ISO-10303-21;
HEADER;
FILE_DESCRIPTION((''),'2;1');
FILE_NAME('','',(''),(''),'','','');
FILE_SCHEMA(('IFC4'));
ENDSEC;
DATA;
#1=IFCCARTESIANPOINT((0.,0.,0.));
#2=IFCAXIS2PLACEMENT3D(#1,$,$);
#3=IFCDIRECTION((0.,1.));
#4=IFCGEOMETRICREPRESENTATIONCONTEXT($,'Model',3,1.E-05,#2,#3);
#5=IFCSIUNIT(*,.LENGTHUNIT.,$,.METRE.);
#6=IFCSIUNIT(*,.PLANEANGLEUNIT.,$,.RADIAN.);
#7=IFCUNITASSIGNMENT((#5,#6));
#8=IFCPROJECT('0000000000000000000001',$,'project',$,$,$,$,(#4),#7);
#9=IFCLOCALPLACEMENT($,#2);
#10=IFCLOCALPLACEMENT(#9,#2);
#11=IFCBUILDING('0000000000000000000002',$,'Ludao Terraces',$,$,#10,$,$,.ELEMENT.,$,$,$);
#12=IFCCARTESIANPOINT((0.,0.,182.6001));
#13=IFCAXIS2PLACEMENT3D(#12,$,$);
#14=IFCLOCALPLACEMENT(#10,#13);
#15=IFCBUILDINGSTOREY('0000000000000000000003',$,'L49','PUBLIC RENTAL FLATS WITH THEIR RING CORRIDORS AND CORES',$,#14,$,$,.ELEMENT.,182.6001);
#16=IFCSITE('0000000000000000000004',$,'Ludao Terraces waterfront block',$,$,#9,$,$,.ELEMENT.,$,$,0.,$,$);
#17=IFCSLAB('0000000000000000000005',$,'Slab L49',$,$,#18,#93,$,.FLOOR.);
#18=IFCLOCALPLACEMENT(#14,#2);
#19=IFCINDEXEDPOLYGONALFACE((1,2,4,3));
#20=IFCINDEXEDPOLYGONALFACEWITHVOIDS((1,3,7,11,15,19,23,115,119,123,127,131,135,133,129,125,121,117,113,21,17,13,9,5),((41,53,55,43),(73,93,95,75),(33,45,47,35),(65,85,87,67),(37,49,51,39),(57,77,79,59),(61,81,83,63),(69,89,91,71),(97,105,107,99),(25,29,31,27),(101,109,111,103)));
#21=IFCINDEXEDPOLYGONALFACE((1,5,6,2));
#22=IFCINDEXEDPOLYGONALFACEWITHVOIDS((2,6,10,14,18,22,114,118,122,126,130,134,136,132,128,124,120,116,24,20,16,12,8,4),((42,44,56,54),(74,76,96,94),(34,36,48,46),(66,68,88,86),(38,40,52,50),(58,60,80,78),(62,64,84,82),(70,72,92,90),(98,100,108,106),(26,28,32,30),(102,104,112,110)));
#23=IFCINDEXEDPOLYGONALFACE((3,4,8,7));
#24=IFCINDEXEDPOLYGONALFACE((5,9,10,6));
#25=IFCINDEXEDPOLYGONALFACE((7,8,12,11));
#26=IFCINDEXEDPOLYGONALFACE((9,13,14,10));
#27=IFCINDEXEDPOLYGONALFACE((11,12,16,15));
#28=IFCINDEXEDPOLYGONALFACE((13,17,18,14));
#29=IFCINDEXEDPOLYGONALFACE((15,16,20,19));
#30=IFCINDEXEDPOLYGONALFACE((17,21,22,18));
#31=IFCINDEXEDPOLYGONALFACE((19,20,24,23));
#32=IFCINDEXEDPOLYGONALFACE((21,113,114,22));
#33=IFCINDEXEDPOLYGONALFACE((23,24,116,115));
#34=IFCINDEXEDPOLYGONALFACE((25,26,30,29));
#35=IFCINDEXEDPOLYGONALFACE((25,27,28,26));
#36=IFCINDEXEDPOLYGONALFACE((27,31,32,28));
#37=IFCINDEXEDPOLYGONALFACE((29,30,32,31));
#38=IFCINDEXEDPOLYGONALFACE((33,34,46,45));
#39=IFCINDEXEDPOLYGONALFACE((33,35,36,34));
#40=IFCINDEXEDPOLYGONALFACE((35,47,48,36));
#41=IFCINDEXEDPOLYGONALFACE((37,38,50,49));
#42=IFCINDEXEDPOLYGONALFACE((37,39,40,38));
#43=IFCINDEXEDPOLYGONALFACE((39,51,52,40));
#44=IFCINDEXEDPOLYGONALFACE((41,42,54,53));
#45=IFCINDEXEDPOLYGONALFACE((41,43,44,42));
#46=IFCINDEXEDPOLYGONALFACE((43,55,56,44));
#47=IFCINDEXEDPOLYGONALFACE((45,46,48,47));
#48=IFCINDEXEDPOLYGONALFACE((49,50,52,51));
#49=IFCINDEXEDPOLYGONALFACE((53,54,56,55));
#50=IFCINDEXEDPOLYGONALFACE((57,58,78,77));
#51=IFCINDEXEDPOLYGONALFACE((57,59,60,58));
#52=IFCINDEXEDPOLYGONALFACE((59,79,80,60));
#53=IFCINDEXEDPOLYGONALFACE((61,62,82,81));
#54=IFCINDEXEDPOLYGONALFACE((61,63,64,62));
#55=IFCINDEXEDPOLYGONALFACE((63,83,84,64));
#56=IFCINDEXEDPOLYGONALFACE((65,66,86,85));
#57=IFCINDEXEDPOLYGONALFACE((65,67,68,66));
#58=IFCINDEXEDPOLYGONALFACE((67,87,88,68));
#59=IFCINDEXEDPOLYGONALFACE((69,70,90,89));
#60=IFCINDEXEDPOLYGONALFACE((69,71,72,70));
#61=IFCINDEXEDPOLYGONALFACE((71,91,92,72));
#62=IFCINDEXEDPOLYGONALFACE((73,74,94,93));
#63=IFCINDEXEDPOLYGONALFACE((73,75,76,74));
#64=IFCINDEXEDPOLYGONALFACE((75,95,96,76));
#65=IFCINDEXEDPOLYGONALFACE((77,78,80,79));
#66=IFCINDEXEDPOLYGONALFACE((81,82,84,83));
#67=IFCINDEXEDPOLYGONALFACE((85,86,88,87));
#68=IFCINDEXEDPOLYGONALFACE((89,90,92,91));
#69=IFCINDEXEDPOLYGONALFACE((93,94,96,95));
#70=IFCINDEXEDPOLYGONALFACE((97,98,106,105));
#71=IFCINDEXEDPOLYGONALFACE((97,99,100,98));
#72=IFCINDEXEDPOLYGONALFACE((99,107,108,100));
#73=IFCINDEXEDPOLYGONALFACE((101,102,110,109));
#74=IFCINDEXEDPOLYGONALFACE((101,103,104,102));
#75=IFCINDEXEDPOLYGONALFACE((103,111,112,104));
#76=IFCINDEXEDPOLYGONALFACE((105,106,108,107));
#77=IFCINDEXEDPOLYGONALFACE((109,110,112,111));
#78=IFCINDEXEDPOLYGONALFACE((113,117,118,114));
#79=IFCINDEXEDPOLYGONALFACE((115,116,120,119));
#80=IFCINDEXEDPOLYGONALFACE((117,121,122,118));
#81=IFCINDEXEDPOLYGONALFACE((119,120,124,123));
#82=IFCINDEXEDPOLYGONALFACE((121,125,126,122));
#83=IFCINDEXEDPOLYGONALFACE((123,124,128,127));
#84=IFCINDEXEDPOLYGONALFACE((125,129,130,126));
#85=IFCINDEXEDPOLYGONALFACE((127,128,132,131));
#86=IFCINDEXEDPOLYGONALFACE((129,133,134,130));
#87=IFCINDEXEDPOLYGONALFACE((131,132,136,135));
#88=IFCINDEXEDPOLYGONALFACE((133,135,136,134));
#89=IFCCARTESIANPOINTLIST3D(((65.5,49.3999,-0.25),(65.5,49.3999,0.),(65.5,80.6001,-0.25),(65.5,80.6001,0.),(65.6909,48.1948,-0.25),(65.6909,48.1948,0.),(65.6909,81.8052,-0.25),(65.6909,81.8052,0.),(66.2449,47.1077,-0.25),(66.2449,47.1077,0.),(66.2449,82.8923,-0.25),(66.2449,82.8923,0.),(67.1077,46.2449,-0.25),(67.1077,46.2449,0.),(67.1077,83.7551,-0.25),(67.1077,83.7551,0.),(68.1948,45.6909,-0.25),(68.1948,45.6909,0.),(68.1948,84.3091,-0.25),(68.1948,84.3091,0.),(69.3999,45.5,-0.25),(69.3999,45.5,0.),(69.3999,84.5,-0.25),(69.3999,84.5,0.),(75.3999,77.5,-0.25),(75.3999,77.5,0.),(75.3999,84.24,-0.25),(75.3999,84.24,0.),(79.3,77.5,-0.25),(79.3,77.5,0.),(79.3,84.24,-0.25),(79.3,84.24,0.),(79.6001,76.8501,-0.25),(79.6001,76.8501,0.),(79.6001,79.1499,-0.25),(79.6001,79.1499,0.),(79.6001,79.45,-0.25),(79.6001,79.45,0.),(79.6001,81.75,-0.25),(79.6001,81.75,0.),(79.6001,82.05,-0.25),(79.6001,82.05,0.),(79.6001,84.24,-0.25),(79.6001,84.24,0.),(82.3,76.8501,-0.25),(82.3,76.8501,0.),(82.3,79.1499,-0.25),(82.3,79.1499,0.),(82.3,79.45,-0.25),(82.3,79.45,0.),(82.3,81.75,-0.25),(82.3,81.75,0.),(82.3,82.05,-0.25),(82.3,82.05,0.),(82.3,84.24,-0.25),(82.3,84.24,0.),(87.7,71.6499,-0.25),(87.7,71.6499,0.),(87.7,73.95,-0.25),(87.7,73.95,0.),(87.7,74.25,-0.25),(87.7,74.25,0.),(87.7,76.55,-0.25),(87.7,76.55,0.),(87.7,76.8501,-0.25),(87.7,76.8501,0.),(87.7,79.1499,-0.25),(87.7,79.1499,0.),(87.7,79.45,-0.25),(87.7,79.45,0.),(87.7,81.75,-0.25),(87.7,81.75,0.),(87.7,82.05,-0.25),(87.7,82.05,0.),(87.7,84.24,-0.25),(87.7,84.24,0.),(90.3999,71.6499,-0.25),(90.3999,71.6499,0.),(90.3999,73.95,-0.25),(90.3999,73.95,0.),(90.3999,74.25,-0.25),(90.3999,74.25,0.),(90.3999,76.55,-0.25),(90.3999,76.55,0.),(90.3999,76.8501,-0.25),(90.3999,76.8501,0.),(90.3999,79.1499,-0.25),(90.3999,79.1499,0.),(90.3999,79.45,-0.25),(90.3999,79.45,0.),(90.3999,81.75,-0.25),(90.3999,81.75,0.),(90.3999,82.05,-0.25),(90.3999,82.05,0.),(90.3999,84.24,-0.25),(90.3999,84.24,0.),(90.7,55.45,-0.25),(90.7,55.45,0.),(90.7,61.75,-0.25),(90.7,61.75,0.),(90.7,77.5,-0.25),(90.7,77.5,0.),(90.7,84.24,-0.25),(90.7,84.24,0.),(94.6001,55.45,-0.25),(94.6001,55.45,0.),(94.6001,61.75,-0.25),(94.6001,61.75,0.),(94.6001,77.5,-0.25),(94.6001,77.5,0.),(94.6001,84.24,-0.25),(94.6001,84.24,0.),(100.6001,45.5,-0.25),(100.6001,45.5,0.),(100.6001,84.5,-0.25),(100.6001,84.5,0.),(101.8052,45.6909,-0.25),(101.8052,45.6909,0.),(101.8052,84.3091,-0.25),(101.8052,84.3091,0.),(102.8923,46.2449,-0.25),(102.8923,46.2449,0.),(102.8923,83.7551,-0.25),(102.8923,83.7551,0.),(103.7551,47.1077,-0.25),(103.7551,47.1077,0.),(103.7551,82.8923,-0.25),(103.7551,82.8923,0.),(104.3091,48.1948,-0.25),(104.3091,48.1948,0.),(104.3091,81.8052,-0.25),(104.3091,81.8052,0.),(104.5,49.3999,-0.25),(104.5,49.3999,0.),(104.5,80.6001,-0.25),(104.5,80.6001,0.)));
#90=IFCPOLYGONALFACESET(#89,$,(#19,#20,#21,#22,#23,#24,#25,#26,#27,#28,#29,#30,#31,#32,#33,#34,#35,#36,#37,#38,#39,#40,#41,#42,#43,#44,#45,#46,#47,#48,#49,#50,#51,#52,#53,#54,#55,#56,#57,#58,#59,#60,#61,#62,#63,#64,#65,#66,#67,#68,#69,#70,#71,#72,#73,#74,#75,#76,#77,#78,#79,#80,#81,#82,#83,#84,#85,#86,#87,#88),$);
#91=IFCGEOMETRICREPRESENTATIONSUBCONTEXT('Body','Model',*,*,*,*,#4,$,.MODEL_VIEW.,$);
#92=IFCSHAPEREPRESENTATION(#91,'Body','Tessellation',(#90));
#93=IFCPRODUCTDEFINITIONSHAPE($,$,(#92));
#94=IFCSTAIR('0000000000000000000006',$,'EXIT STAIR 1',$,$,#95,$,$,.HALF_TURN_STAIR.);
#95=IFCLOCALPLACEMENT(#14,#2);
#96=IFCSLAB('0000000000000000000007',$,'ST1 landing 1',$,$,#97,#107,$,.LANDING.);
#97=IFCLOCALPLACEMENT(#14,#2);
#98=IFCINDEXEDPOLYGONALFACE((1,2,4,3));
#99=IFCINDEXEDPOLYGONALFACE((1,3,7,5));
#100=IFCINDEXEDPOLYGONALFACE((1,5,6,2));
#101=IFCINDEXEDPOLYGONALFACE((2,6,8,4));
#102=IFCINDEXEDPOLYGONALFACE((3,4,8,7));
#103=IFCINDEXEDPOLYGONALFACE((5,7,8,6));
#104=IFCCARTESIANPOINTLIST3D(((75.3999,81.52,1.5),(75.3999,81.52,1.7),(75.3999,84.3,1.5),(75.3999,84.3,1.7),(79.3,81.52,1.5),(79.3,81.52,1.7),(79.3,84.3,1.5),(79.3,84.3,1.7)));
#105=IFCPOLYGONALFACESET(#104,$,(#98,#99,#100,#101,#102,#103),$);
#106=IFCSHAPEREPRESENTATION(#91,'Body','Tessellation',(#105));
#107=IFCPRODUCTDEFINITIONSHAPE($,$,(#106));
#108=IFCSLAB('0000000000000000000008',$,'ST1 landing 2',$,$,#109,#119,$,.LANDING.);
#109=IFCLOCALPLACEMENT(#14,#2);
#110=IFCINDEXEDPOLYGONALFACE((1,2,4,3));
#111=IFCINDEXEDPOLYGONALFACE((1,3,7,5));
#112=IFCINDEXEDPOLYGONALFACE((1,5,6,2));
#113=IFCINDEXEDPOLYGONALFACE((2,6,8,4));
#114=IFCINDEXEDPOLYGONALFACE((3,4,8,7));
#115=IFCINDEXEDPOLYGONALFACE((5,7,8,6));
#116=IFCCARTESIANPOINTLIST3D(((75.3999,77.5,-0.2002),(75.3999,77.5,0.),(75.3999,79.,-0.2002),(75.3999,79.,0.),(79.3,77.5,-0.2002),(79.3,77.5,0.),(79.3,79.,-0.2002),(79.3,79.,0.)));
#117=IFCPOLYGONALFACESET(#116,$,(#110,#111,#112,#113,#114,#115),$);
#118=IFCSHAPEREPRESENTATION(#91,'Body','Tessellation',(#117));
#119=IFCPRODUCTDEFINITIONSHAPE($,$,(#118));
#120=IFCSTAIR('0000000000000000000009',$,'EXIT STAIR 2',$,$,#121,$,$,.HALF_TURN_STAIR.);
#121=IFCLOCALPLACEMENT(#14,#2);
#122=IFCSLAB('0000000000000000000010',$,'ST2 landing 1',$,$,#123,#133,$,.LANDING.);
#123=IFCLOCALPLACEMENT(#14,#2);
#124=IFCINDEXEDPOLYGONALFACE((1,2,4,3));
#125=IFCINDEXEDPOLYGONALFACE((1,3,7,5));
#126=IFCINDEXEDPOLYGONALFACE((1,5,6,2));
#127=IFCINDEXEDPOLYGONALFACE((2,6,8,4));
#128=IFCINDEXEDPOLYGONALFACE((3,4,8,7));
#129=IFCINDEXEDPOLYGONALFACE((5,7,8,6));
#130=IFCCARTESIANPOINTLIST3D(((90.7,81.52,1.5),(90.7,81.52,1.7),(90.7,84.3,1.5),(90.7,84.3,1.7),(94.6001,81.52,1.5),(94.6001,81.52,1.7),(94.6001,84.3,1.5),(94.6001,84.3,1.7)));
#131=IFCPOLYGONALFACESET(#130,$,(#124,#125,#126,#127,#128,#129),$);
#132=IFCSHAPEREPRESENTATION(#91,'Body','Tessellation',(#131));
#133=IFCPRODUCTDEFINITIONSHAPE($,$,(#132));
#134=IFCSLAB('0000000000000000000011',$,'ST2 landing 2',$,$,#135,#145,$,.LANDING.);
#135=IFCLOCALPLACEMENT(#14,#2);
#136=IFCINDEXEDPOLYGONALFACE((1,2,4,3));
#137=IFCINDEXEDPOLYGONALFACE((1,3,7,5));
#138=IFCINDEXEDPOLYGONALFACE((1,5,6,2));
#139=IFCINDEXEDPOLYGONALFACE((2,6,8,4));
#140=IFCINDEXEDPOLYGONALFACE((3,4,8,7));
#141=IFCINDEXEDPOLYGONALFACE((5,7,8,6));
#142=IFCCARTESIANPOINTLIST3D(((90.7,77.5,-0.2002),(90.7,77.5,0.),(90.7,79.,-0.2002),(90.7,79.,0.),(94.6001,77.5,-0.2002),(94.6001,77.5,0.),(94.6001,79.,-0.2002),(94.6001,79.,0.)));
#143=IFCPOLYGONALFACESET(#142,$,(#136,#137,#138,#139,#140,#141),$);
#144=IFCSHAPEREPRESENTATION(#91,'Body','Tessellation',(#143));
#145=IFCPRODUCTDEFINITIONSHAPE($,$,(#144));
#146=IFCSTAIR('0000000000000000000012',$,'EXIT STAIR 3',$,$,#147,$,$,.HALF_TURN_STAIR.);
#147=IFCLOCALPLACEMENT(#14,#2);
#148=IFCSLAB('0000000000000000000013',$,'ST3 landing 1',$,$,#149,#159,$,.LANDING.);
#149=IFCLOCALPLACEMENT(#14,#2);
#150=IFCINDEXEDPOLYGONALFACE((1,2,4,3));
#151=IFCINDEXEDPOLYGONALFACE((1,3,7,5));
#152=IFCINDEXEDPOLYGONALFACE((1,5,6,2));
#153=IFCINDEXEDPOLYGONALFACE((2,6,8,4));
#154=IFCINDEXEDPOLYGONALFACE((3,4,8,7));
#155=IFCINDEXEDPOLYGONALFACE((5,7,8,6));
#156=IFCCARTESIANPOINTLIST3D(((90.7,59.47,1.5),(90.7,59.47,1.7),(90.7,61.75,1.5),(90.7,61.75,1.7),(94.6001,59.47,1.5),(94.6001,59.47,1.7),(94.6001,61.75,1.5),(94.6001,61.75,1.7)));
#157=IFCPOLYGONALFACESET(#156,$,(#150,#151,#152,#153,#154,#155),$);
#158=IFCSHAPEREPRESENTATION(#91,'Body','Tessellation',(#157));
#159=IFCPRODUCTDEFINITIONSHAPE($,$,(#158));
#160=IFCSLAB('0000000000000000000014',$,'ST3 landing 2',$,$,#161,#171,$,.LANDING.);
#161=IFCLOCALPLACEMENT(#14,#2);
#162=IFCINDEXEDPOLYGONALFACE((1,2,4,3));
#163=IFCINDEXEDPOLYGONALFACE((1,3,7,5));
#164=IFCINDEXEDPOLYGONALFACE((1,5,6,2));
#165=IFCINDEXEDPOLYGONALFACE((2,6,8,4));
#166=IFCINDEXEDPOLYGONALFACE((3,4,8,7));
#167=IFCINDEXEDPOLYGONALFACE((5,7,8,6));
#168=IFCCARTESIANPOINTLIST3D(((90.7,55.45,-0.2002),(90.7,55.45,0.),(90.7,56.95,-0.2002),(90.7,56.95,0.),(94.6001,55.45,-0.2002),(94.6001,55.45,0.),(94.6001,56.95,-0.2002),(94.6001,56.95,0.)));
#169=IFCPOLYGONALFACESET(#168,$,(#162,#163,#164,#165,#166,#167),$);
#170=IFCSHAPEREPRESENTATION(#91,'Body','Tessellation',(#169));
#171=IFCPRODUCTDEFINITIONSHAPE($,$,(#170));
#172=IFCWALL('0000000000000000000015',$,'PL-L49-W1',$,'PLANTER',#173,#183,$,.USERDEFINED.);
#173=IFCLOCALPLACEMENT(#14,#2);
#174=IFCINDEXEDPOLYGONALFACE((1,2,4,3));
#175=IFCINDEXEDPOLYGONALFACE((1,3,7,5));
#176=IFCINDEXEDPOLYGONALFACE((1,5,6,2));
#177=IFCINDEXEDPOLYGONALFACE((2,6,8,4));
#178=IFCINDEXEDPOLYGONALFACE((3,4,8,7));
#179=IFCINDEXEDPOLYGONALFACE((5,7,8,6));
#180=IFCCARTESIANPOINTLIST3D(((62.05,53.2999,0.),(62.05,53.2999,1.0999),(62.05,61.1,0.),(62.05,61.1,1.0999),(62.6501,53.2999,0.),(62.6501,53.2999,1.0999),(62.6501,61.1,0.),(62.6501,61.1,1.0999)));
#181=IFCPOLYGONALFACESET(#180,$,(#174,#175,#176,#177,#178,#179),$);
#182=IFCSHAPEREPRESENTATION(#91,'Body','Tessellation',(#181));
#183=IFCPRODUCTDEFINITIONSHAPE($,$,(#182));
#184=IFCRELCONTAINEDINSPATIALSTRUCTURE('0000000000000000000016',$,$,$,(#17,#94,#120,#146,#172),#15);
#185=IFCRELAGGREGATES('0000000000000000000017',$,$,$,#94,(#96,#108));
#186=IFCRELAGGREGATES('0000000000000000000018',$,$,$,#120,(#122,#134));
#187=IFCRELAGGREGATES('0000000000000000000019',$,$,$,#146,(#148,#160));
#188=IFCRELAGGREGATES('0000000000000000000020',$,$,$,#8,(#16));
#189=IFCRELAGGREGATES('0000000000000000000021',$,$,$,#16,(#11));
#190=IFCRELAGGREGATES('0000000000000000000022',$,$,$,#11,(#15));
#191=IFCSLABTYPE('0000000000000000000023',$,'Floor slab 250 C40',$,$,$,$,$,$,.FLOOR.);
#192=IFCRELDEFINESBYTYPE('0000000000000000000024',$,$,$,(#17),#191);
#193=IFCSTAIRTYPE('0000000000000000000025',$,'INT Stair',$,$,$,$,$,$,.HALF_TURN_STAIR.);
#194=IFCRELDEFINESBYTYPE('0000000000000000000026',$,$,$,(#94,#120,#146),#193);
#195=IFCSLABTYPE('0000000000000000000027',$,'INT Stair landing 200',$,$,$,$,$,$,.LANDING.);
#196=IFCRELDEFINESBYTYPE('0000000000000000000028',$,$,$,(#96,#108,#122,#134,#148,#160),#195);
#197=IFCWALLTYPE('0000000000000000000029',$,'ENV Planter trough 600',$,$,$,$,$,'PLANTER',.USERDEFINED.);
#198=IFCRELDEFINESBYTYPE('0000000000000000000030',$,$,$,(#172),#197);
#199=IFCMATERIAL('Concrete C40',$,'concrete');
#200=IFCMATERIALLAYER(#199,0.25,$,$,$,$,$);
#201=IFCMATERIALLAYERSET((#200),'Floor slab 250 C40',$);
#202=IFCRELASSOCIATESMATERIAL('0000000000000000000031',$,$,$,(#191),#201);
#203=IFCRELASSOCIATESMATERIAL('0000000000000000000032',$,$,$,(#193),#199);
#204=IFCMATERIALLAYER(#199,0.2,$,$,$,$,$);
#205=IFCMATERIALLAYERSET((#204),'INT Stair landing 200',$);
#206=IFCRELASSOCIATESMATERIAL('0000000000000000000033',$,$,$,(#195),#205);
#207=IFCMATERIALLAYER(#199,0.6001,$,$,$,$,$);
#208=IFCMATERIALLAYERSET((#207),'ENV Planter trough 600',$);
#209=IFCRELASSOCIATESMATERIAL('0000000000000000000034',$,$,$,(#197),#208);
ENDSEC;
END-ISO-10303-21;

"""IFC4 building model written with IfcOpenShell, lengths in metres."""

from ifc_helpers import new_model, si_unit, direction, frame, frame_2d, origin, place, context, subcontext, project, spatial, polyline, rectangle, outline, extrude, material, layer, layer_set, type_object, element, aggregate, save


model = new_model("IFC4")

# Units and contexts
model_context = context("Model", 3, precision=1e-05, world=origin(), true_north=direction((0.0, 1.0)))
body_context = subcontext(model_context, "Body", "Model", "MODEL_VIEW")
ifc_project = project(units=[si_unit("LENGTHUNIT", "METRE"), si_unit("PLANEANGLEUNIT", "RADIAN")], contexts=[model_context])

# Site, building, storey
site_placement = place(None, origin())
site = spatial("IfcSite", under=ifc_project, at=site_placement, Name="Ludao Terraces waterfront block", CompositionType="ELEMENT", RefElevation=0.0)
building_placement = place(site_placement, origin())
building = spatial("IfcBuilding", under=site, at=building_placement, Name="Ludao Terraces", CompositionType="ELEMENT")
storey_placement = place(building_placement, frame((0.0, 0.0, 182.6001)))
storey = spatial("IfcBuildingStorey", under=building, at=storey_placement, Name="L49", Description="PUBLIC RENTAL FLATS WITH THEIR RING CORRIDORS AND CORES", CompositionType="ELEMENT", Elevation=182.6001)

# Shared definitions
ifc_material_1 = material(Name="Concrete C40", Category="concrete")

# Slab
ifc_layer_1 = layer(ifc_material_1, 0.25)
ifc_layer_set_1 = layer_set([ifc_layer_1], Name="Floor slab 250 C40")
slab_type_1 = type_object("IfcSlabType", Name="Floor slab 250 C40", PredefinedType="FLOOR", material=ifc_layer_set_1)
slab_1_placement = place(storey_placement, frame((0.0, 0.0, -0.25)))
element("IfcSlab", 1, at=slab_1_placement, inside=storey, type_object=slab_type_1, Name="Slab L49", PredefinedType="FLOOR", context=body_context, shape_type="SweptSolid", body=[
    extrude(outline(polyline([(100.6001, 45.5), (101.8052, 45.6909), (102.8923, 46.2449), (103.7551, 47.1077), (104.3091, 48.1948), (104.5, 49.3999), (104.5, 80.6001), (104.3091, 81.8052), (103.7551, 82.8923), (102.8923, 83.7551), (101.8052, 84.3091), (100.6001, 84.5), (69.3999, 84.5), (68.1948, 84.3091), (67.1077, 83.7551), (66.2449, 82.8923), (65.6909, 81.8052), (65.5, 80.6001), (65.5, 49.3999), (65.6909, 48.1948), (66.2449, 47.1077), (67.1077, 46.2449), (68.1948, 45.6909), (69.3999, 45.5), (100.6001, 45.5)]), holes=[polyline([(79.6001, 76.8501), (82.3, 76.8501), (82.3, 79.1499), (79.6001, 79.1499), (79.6001, 76.8501)]), polyline([(79.6001, 79.45), (82.3, 79.45), (82.3, 81.75), (79.6001, 81.75), (79.6001, 79.45)]), polyline([(79.6001, 82.05), (82.3, 82.05), (82.3, 84.24), (79.6001, 84.24), (79.6001, 82.05)]), polyline([(87.7, 71.6499), (90.3999, 71.6499), (90.3999, 73.95), (87.7, 73.95), (87.7, 71.6499)]), polyline([(87.7, 74.25), (90.3999, 74.25), (90.3999, 76.55), (87.7, 76.55), (87.7, 74.25)]), polyline([(87.7, 76.8501), (90.3999, 76.8501), (90.3999, 79.1499), (87.7, 79.1499), (87.7, 76.8501)]), polyline([(87.7, 79.45), (90.3999, 79.45), (90.3999, 81.75), (87.7, 81.75), (87.7, 79.45)]), polyline([(87.7, 82.05), (90.3999, 82.05), (90.3999, 84.24), (87.7, 84.24), (87.7, 82.05)]), polyline([(75.3999, 77.5), (79.3, 77.5), (79.3, 84.24), (75.3999, 84.24), (75.3999, 77.5)]), polyline([(90.7, 77.5), (94.6001, 77.5), (94.6001, 84.24), (90.7, 84.24), (90.7, 77.5)]), polyline([(90.7, 55.45), (94.6001, 55.45), (94.6001, 61.75), (90.7, 61.75), (90.7, 55.45)])]), origin(), (0.0, 0.0, 1.0), 0.25),
])

# Stairs, slabs
stair_type = type_object("IfcStairType", Name="INT Stair", PredefinedType="HALF_TURN_STAIR", material=ifc_material_1)
stair_1_placement = place(storey_placement, origin())
stair_1 = element("IfcStair", 2, at=stair_1_placement, inside=storey, type_object=stair_type, Name="EXIT STAIR 1", PredefinedType="HALF_TURN_STAIR")
ifc_layer_2 = layer(ifc_material_1, 0.2)
ifc_layer_set_2 = layer_set([ifc_layer_2], Name="INT Stair landing 200")
slab_type_2 = type_object("IfcSlabType", Name="INT Stair landing 200", PredefinedType="LANDING", material=ifc_layer_set_2)
slab_2_placement = place(storey_placement, frame((0.0, 0.0, 1.5)))
slab_2 = element("IfcSlab", 3, at=slab_2_placement, type_object=slab_type_2, Name="ST1 landing 1", PredefinedType="LANDING", context=body_context, shape_type="SweptSolid", body=[
    extrude(outline(polyline([(75.3999, 81.52), (79.3, 81.52), (79.3, 84.3), (75.3999, 84.3), (75.3999, 81.52)])), origin(), (0.0, 0.0, 1.0), 0.2),
])
slab_3_placement = place(storey_placement, frame((0.0, 0.0, -0.2002)))
slab_3 = element("IfcSlab", 4, at=slab_3_placement, type_object=slab_type_2, Name="ST1 landing 2", PredefinedType="LANDING", context=body_context, shape_type="SweptSolid", body=[
    extrude(outline(polyline([(75.3999, 77.5), (79.3, 77.5), (79.3, 79.0), (75.3999, 79.0), (75.3999, 77.5)])), origin(), (0.0, 0.0, 1.0), 0.2002),
])
aggregate(stair_1, [slab_2, slab_3])
stair_2_placement = place(storey_placement, origin())
stair_2 = element("IfcStair", 5, at=stair_2_placement, inside=storey, type_object=stair_type, Name="EXIT STAIR 2", PredefinedType="HALF_TURN_STAIR")
slab_4_placement = place(storey_placement, frame((0.0, 0.0, 1.5)))
slab_4 = element("IfcSlab", 6, at=slab_4_placement, type_object=slab_type_2, Name="ST2 landing 1", PredefinedType="LANDING", context=body_context, shape_type="SweptSolid", body=[
    extrude(outline(polyline([(90.7, 81.52), (94.6001, 81.52), (94.6001, 84.3), (90.7, 84.3), (90.7, 81.52)])), origin(), (0.0, 0.0, 1.0), 0.2),
])
slab_5_placement = place(storey_placement, frame((0.0, 0.0, -0.2002)))
slab_5 = element("IfcSlab", 7, at=slab_5_placement, type_object=slab_type_2, Name="ST2 landing 2", PredefinedType="LANDING", context=body_context, shape_type="SweptSolid", body=[
    extrude(outline(polyline([(90.7, 77.5), (94.6001, 77.5), (94.6001, 79.0), (90.7, 79.0), (90.7, 77.5)])), origin(), (0.0, 0.0, 1.0), 0.2002),
])
aggregate(stair_2, [slab_4, slab_5])
stair_3_placement = place(storey_placement, origin())
stair_3 = element("IfcStair", 8, at=stair_3_placement, inside=storey, type_object=stair_type, Name="EXIT STAIR 3", PredefinedType="HALF_TURN_STAIR")
slab_6_placement = place(storey_placement, frame((0.0, 0.0, 1.5)))
slab_6 = element("IfcSlab", 9, at=slab_6_placement, type_object=slab_type_2, Name="ST3 landing 1", PredefinedType="LANDING", context=body_context, shape_type="SweptSolid", body=[
    extrude(outline(polyline([(90.7, 59.47), (94.6001, 59.47), (94.6001, 61.75), (90.7, 61.75), (90.7, 59.47)])), origin(), (0.0, 0.0, 1.0), 0.2),
])
slab_7_placement = place(storey_placement, frame((0.0, 0.0, -0.2002)))
slab_7 = element("IfcSlab", 10, at=slab_7_placement, type_object=slab_type_2, Name="ST3 landing 2", PredefinedType="LANDING", context=body_context, shape_type="SweptSolid", body=[
    extrude(outline(polyline([(90.7, 55.45), (94.6001, 55.45), (94.6001, 56.95), (90.7, 56.95), (90.7, 55.45)])), origin(), (0.0, 0.0, 1.0), 0.2002),
])
aggregate(stair_3, [slab_6, slab_7])

# Wall
ifc_layer_3 = layer(ifc_material_1, 0.6001)
ifc_layer_set_3 = layer_set([ifc_layer_3], Name="ENV Planter trough 600")
wall_type = type_object("IfcWallType", Name="ENV Planter trough 600", ElementType="PLANTER", PredefinedType="USERDEFINED", material=ifc_layer_set_3)
wall_1_placement = place(storey_placement, frame((62.3501, 53.3, 0.0), z_axis=(0.0, 0.0, 1.0), x_axis=(0.0, 1.0, 0.0)))
element("IfcWall", 11, at=wall_1_placement, inside=storey, type_object=wall_type, Name="PL-L49-W1", ObjectType="PLANTER", PredefinedType="USERDEFINED", context=body_context, shape_type="SweptSolid", body=[
    extrude(rectangle(XDim=7.8, YDim=0.6001, at=frame_2d((3.8999, 0.0))), origin(), (0.0, 0.0, 1.0), 1.0999),
])

save(model, "model.ifc")
